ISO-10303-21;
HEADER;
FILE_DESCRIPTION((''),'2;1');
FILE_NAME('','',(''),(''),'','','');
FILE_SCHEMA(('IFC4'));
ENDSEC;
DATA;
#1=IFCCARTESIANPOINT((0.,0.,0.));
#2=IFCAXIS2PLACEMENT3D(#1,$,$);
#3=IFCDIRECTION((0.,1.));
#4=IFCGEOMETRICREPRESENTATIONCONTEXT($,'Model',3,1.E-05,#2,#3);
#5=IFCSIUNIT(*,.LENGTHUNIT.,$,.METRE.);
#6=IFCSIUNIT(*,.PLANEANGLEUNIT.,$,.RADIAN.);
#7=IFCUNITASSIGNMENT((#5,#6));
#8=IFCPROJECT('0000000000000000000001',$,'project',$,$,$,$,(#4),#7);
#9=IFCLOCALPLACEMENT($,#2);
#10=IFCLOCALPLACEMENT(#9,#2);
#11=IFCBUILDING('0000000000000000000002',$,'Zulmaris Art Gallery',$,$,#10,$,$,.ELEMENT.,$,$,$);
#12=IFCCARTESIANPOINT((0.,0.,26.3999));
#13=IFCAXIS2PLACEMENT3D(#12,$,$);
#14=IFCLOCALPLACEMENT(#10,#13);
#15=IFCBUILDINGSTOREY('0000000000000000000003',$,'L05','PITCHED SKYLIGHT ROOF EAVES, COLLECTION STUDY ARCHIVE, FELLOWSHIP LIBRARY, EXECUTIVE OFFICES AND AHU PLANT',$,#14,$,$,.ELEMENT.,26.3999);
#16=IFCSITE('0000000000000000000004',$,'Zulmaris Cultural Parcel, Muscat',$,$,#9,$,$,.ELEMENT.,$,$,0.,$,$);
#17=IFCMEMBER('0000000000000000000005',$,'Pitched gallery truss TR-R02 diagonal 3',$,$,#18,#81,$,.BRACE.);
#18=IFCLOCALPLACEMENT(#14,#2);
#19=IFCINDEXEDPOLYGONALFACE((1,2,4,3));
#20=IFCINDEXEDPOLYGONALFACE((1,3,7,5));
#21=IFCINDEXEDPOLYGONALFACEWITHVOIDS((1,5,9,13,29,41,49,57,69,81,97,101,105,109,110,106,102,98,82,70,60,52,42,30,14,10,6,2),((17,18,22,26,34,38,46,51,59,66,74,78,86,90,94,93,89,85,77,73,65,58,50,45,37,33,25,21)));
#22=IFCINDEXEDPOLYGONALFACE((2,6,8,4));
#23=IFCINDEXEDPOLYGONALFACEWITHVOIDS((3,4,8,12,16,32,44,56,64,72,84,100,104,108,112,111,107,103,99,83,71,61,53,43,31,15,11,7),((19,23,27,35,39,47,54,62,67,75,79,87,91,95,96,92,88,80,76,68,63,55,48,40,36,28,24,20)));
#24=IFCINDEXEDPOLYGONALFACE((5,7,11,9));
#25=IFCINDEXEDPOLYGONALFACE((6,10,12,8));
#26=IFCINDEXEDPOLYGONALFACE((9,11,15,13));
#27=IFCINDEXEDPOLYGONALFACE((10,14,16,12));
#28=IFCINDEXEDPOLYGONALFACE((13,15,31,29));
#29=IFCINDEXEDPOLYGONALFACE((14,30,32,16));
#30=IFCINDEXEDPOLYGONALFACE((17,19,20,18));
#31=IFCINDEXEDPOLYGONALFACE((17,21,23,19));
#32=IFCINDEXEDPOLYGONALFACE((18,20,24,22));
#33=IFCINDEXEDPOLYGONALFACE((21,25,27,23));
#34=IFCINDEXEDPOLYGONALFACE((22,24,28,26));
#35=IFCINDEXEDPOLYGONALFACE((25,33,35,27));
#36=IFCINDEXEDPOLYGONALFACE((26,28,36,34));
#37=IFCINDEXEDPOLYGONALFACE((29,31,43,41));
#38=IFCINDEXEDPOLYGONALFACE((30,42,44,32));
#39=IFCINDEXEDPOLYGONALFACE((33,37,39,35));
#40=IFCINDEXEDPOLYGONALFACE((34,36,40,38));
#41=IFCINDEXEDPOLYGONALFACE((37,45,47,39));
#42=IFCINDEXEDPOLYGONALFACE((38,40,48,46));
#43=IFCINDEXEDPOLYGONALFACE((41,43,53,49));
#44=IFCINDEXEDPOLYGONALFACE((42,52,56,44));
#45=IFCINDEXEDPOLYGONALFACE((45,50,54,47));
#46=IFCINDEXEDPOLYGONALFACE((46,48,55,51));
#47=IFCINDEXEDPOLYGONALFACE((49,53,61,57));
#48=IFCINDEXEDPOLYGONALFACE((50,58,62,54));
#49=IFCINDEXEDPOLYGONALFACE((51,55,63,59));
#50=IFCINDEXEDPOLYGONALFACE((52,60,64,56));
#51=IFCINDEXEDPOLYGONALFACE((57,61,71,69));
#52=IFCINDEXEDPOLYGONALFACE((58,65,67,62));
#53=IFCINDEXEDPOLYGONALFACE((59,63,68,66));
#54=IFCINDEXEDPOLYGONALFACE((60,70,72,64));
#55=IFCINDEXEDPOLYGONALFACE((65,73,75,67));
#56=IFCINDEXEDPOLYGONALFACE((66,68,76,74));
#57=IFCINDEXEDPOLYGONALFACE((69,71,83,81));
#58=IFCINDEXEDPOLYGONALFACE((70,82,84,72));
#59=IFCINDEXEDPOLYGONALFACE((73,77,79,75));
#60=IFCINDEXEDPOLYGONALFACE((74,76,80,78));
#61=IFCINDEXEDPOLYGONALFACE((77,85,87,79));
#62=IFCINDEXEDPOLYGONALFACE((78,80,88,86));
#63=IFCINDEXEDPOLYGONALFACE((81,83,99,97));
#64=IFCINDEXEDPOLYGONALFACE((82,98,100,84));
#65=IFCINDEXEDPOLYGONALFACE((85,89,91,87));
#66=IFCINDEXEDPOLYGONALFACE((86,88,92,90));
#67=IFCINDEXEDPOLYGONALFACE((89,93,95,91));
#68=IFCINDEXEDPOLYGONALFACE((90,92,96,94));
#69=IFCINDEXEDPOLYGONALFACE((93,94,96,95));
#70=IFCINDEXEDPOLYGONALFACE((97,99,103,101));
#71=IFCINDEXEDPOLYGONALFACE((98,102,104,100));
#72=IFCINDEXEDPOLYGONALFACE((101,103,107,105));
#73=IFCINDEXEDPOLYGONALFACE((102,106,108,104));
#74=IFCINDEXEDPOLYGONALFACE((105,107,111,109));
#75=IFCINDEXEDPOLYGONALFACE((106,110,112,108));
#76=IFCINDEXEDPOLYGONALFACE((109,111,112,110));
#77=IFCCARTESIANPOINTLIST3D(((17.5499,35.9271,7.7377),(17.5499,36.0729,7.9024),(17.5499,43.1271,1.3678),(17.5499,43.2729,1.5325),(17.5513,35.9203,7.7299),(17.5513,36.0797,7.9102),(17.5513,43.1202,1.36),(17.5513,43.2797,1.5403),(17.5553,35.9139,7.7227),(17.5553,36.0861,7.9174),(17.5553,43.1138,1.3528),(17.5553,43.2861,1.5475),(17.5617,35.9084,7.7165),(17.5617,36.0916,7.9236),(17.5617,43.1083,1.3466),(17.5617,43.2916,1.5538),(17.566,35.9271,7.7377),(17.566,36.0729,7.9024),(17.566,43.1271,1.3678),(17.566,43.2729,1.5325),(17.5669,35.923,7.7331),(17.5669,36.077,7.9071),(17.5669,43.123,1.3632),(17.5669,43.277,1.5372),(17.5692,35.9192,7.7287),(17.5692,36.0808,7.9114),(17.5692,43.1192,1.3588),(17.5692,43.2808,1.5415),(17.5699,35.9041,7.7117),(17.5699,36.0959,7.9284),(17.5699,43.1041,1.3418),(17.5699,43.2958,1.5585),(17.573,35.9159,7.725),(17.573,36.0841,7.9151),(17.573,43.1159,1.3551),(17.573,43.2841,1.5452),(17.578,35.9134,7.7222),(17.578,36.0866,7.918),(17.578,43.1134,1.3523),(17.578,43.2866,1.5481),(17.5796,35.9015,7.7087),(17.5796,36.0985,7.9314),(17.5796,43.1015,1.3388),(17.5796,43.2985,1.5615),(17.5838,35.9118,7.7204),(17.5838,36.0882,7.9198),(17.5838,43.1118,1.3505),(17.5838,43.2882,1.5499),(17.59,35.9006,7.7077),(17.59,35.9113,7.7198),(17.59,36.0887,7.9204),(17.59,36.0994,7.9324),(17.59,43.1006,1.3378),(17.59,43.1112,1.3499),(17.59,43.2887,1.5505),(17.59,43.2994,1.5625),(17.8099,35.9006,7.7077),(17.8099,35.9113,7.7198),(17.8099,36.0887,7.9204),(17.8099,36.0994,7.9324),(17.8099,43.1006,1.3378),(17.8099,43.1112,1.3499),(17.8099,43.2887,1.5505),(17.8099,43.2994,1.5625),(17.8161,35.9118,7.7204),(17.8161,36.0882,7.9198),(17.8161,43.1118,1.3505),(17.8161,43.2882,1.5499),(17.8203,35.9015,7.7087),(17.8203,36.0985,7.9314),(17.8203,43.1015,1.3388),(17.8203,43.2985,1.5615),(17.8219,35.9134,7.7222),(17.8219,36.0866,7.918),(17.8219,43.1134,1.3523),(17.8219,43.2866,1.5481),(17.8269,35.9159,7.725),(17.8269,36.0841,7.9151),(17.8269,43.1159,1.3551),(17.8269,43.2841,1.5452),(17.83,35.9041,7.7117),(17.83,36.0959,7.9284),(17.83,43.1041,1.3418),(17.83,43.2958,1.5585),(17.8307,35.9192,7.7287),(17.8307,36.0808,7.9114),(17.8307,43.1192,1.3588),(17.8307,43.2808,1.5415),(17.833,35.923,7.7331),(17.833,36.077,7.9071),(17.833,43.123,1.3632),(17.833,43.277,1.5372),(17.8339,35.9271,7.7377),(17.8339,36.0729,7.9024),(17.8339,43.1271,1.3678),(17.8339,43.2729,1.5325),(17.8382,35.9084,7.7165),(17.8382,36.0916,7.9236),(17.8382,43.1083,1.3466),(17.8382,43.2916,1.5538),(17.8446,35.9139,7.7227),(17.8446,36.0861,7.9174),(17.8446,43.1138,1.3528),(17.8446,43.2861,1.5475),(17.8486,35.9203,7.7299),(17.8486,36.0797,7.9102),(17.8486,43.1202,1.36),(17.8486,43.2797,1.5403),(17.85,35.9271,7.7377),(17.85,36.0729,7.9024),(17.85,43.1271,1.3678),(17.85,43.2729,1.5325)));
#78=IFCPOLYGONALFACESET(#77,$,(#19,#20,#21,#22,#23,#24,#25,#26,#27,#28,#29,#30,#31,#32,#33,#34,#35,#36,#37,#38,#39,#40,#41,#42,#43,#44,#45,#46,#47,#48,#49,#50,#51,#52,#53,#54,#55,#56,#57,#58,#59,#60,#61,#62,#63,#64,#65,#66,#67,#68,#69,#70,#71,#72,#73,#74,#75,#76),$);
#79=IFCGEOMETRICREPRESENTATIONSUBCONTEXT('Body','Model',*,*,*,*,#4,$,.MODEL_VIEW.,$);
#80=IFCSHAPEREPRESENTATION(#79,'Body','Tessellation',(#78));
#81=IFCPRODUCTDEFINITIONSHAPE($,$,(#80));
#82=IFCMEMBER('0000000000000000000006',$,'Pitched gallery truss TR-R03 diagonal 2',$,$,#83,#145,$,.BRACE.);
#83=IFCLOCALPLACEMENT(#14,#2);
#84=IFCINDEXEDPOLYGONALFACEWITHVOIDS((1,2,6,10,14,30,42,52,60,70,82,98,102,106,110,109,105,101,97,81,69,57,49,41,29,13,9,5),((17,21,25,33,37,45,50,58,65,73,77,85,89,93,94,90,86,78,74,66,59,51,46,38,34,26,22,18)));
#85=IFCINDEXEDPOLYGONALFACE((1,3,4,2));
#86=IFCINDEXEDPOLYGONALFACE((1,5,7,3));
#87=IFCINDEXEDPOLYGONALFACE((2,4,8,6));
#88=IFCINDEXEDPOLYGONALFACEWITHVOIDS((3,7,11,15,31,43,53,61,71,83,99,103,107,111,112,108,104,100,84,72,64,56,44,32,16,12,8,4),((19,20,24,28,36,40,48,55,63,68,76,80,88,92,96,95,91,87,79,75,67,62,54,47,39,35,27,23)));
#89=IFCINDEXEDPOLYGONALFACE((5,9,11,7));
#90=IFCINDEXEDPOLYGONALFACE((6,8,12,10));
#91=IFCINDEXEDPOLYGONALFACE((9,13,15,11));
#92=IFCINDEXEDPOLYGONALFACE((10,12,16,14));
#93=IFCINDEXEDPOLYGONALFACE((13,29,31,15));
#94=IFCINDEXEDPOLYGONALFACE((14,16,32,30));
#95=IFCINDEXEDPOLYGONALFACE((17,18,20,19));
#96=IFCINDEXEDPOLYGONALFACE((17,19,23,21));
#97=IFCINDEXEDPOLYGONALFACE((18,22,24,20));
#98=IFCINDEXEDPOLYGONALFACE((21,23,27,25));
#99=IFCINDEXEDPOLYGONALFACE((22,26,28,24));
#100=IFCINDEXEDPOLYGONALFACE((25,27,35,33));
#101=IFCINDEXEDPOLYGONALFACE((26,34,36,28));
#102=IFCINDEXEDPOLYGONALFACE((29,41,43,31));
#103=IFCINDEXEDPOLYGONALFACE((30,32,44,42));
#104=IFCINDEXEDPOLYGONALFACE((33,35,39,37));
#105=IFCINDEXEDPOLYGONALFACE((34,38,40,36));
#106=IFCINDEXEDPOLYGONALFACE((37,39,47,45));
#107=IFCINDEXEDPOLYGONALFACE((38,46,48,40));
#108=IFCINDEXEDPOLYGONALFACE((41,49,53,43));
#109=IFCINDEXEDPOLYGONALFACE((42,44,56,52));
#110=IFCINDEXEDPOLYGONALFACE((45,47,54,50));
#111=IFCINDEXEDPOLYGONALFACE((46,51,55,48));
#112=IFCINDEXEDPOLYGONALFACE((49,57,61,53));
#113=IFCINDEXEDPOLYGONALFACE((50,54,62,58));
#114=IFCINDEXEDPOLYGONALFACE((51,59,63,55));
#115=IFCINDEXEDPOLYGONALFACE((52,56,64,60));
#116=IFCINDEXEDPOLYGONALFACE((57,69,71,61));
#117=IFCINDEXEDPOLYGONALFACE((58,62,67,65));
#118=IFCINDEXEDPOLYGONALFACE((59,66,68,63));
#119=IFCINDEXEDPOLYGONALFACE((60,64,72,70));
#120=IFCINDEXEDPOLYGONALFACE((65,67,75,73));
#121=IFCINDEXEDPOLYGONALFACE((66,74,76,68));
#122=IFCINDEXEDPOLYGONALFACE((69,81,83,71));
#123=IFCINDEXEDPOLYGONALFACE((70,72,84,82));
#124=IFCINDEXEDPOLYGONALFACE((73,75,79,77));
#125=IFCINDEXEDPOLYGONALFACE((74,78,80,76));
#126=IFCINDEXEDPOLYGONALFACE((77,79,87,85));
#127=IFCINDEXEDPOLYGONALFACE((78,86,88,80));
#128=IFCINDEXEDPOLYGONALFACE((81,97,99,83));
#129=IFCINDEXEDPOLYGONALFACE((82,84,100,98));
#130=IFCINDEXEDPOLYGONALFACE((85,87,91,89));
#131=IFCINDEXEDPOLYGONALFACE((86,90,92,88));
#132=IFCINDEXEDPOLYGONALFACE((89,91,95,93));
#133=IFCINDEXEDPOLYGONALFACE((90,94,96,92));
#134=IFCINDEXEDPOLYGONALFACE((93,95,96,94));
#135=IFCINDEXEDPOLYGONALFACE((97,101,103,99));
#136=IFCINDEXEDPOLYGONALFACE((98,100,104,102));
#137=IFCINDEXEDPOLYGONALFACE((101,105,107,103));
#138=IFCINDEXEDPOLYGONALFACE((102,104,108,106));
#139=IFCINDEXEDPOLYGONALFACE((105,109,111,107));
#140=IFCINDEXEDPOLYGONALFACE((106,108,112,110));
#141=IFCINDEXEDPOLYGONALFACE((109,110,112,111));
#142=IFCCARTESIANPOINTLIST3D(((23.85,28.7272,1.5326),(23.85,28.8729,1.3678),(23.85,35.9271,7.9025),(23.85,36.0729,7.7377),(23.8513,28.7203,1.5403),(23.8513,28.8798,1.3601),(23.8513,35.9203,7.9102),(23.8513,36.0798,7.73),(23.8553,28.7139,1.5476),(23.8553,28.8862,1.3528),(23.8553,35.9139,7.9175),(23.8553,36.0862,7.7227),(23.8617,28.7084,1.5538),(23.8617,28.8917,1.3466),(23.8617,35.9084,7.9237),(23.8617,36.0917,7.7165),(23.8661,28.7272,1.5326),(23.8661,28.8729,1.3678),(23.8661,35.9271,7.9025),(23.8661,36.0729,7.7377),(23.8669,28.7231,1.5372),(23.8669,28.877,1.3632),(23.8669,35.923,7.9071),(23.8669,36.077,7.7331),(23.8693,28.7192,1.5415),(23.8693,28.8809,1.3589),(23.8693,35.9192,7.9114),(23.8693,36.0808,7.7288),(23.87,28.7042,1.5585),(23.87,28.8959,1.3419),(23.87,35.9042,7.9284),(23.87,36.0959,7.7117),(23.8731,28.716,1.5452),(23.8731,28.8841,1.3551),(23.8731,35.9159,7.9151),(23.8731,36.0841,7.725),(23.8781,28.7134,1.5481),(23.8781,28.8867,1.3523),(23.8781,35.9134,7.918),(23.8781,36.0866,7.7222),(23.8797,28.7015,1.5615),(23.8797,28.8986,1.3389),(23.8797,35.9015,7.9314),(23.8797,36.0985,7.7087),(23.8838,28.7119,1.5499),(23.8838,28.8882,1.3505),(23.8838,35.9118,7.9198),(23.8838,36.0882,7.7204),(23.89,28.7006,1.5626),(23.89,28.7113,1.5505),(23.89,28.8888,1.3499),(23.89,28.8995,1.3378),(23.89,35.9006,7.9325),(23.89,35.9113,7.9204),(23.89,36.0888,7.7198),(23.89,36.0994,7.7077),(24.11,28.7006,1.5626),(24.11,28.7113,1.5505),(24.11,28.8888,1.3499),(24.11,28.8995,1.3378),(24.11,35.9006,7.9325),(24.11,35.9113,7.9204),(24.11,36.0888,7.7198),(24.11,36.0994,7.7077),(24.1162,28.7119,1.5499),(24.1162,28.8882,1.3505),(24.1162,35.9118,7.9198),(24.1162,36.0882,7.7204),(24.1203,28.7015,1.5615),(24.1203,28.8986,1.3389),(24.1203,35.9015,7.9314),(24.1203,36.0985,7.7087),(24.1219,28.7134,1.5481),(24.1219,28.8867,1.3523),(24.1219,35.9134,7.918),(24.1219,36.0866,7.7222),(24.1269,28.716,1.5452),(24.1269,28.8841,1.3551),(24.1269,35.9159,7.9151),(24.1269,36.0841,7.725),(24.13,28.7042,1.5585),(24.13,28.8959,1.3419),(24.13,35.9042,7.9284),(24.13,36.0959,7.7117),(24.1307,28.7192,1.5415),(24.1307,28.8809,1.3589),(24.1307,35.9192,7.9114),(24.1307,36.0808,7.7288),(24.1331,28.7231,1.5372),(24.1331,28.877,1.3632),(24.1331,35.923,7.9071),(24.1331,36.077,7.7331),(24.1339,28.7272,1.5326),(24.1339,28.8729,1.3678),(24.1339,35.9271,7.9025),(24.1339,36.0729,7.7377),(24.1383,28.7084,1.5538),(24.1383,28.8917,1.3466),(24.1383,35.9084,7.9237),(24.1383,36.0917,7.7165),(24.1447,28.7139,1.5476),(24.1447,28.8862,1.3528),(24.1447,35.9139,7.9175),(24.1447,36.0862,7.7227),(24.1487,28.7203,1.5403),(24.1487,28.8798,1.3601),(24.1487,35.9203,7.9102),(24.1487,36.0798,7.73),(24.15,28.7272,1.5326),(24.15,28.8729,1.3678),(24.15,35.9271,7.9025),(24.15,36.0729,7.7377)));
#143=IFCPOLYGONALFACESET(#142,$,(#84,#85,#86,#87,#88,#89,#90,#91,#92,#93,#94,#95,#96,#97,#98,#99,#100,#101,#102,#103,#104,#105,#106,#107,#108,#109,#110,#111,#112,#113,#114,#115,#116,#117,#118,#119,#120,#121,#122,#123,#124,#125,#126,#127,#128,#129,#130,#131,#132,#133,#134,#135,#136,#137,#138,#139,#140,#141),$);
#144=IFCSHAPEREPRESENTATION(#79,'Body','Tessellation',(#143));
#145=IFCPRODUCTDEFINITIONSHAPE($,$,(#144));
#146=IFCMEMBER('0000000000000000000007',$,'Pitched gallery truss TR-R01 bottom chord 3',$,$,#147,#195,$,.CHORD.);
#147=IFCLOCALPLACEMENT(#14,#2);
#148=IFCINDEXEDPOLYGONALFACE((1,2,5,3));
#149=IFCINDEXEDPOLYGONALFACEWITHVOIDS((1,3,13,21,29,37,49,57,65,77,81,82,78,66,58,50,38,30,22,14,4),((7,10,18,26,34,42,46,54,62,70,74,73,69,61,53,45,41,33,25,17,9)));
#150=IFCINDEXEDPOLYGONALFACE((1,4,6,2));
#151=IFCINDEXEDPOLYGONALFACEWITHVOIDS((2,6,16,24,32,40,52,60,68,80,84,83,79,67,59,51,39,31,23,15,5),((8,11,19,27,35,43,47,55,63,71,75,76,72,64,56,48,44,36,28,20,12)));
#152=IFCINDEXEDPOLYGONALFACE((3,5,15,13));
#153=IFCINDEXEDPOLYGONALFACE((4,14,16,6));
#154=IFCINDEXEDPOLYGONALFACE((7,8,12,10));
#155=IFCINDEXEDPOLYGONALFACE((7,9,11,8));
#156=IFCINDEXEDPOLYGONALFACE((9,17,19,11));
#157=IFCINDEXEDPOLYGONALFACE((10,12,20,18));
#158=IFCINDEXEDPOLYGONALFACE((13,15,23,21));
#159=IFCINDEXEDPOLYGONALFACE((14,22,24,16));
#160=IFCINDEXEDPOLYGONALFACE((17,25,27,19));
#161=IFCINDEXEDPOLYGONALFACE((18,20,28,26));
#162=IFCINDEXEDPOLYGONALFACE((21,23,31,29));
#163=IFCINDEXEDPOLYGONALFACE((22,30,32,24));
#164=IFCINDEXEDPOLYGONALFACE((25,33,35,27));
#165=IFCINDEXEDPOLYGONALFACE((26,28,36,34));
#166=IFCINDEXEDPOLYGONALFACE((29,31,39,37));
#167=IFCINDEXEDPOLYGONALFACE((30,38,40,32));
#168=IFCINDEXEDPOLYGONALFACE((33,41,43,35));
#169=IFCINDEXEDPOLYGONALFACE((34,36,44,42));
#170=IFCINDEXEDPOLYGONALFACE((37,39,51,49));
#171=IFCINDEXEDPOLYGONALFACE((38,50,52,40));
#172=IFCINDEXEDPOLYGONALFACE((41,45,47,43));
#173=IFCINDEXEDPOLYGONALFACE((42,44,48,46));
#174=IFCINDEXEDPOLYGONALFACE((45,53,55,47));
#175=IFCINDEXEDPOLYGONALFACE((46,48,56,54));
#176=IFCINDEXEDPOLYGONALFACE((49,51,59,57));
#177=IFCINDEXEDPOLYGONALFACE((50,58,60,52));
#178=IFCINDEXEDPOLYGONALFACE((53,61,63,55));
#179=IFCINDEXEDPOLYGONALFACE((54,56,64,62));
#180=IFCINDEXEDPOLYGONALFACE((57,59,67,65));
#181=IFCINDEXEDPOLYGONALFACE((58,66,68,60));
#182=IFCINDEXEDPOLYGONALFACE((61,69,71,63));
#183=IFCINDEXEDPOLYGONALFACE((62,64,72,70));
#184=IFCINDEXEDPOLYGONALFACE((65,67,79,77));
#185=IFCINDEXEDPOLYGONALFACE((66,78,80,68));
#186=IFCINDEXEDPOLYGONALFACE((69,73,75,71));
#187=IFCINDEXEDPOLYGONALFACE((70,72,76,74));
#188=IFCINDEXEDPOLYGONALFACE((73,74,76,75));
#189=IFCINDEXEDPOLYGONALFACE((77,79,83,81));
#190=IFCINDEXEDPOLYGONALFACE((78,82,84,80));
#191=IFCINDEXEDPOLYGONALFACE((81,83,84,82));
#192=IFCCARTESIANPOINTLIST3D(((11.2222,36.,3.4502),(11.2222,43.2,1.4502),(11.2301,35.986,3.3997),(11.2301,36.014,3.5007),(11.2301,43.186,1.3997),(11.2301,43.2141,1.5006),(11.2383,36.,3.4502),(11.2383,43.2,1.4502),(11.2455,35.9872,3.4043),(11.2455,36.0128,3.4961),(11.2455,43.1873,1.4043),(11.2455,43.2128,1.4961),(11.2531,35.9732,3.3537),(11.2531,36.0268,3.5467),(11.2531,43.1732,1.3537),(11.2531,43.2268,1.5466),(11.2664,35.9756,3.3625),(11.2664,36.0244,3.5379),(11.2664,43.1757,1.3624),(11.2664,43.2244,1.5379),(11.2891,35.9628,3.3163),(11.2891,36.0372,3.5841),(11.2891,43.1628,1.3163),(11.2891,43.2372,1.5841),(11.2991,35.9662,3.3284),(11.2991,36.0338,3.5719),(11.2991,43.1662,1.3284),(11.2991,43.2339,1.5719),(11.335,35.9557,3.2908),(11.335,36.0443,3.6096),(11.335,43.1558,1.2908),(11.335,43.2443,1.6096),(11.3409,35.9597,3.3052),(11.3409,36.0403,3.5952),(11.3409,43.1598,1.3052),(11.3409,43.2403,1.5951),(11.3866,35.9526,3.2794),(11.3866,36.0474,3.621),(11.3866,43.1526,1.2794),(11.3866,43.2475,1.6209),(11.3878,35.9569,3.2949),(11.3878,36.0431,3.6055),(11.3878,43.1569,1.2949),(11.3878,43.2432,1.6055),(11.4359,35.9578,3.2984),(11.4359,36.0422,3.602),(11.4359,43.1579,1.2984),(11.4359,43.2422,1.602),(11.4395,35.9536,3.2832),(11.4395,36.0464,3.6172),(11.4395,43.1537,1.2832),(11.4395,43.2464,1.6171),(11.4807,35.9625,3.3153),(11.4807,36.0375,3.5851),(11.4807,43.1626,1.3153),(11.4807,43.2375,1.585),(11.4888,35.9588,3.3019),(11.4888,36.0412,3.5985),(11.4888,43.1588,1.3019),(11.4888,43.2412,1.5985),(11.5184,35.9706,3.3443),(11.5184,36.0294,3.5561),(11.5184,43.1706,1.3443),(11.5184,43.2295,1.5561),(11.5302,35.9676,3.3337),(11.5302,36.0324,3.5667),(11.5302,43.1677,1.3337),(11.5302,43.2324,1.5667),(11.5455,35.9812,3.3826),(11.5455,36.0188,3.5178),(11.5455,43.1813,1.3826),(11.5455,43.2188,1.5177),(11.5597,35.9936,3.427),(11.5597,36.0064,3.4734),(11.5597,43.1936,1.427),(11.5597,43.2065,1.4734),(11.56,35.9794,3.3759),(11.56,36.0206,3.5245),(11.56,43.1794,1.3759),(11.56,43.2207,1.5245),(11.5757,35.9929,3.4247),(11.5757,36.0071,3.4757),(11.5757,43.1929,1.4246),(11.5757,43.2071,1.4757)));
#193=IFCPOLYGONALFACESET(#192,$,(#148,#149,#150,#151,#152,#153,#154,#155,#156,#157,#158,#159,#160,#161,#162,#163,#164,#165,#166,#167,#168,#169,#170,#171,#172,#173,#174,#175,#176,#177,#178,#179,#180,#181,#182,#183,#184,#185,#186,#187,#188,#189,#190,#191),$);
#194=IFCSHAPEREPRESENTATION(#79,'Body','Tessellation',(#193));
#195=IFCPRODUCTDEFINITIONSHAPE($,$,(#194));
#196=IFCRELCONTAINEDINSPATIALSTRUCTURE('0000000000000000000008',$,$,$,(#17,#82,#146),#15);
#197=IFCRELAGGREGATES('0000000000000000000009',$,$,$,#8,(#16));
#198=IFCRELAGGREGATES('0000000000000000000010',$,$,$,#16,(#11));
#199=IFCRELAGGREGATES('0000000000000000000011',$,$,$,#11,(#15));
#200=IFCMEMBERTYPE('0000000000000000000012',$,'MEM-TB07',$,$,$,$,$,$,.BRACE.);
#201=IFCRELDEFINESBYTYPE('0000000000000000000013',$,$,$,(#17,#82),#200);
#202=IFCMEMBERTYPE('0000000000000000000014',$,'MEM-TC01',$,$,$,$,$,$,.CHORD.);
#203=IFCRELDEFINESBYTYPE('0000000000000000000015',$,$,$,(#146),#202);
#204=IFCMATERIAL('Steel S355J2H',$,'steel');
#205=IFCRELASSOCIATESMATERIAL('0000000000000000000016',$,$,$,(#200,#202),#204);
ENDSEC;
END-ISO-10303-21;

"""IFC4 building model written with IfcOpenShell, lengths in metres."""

from ifc_helpers import new_model, si_unit, direction, frame, origin, origin_2d, place, context, subcontext, project, spatial, hollow_rectangle, hollow_circle, extrude, material, material_profile, profile_set, type_object, element, save


model = new_model("IFC4")

# Units and contexts
model_context = context("Model", 3, precision=1e-05, world=origin(), true_north=direction((0.0, 1.0)))
body_context = subcontext(model_context, "Body", "Model", "MODEL_VIEW")
ifc_project = project(units=[si_unit("LENGTHUNIT", "METRE"), si_unit("PLANEANGLEUNIT", "RADIAN")], contexts=[model_context])

# Site, building, storey
site_placement = place(None, origin())
site = spatial("IfcSite", under=ifc_project, at=site_placement, Name="Zulmaris Cultural Parcel, Muscat", CompositionType="ELEMENT", RefElevation=0.0)
building_placement = place(site_placement, origin())
building = spatial("IfcBuilding", under=site, at=building_placement, Name="Zulmaris Art Gallery", CompositionType="ELEMENT")
storey_placement = place(building_placement, frame((0.0, 0.0, 26.3999)))
storey = spatial("IfcBuildingStorey", under=building, at=storey_placement, Name="L05", Description="PITCHED SKYLIGHT ROOF EAVES, COLLECTION STUDY ARCHIVE, FELLOWSHIP LIBRARY, EXECUTIVE OFFICES AND AHU PLANT", CompositionType="ELEMENT", Elevation=26.3999)

# Members
ifc_material_1 = material(Name="Steel S355J2H", Category="steel")
ifc_material_profile_1 = material_profile(ifc_material_1, hollow_rectangle(XDim=0.3, YDim=0.3, WallThickness=0.0161, InnerFilletRadius=0.0239, OuterFilletRadius=0.04, at=origin_2d()), Name="SHS 300x300x16")
ifc_profile_set_1 = profile_set([ifc_material_profile_1], Name="Steel S355J2H")
member_type_1 = type_object("IfcMemberType", Name="MEM-TB07", PredefinedType="BRACE", material=ifc_profile_set_1)
for number, where, z_axis, x_axis, name in (
    (1, (17.7, 36.0, 7.8201), (0.0, 0.748961, -0.662614), (-1.0, 0.0, 0.0), "Pitched gallery truss TR-R02 diagonal 3"),
    (2, (24.0, 28.8, 1.4502), (0.0, 0.748961, 0.662614), (-1.0, 0.0, 0.0), "Pitched gallery truss TR-R03 diagonal 2"),
):
    element("IfcMember", number, at=place(storey_placement, frame(where, z_axis=z_axis, x_axis=x_axis)), inside=storey, type_object=member_type_1, Name=name, PredefinedType="BRACE", context=body_context, shape_type="SweptSolid", body=[
        extrude(hollow_rectangle(XDim=0.3, YDim=0.3, WallThickness=0.0161, InnerFilletRadius=0.0239, OuterFilletRadius=0.04, at=origin_2d()), origin(), (0.0, 0.0, 1.0), 9.6133),
    ])
ifc_material_profile_2 = material_profile(ifc_material_1, hollow_circle(Radius=0.1777, WallThickness=0.0161, at=origin_2d()), Name="CHS 355.6x16")
ifc_profile_set_2 = profile_set([ifc_material_profile_2], Name="Steel S355J2H")
member_type_2 = type_object("IfcMemberType", Name="MEM-TC01", PredefinedType="CHORD", material=ifc_profile_set_2)
for number, where, z_axis, x_axis, name in (
    (3, (11.3999, 36.0, 3.4502), (0.0, 0.963517, -0.267646), (-1.0, 0.0, 0.0), "Pitched gallery truss TR-R01 bottom chord 3"),
):
    element("IfcMember", number, at=place(storey_placement, frame(where, z_axis=z_axis, x_axis=x_axis)), inside=storey, type_object=member_type_2, Name=name, PredefinedType="CHORD", context=body_context, shape_type="SweptSolid", body=[
        extrude(hollow_circle(Radius=0.1777, WallThickness=0.0161, at=origin_2d()), origin(), (0.0, 0.0, 1.0), 7.4727),
    ])

save(model, "model.ifc")
